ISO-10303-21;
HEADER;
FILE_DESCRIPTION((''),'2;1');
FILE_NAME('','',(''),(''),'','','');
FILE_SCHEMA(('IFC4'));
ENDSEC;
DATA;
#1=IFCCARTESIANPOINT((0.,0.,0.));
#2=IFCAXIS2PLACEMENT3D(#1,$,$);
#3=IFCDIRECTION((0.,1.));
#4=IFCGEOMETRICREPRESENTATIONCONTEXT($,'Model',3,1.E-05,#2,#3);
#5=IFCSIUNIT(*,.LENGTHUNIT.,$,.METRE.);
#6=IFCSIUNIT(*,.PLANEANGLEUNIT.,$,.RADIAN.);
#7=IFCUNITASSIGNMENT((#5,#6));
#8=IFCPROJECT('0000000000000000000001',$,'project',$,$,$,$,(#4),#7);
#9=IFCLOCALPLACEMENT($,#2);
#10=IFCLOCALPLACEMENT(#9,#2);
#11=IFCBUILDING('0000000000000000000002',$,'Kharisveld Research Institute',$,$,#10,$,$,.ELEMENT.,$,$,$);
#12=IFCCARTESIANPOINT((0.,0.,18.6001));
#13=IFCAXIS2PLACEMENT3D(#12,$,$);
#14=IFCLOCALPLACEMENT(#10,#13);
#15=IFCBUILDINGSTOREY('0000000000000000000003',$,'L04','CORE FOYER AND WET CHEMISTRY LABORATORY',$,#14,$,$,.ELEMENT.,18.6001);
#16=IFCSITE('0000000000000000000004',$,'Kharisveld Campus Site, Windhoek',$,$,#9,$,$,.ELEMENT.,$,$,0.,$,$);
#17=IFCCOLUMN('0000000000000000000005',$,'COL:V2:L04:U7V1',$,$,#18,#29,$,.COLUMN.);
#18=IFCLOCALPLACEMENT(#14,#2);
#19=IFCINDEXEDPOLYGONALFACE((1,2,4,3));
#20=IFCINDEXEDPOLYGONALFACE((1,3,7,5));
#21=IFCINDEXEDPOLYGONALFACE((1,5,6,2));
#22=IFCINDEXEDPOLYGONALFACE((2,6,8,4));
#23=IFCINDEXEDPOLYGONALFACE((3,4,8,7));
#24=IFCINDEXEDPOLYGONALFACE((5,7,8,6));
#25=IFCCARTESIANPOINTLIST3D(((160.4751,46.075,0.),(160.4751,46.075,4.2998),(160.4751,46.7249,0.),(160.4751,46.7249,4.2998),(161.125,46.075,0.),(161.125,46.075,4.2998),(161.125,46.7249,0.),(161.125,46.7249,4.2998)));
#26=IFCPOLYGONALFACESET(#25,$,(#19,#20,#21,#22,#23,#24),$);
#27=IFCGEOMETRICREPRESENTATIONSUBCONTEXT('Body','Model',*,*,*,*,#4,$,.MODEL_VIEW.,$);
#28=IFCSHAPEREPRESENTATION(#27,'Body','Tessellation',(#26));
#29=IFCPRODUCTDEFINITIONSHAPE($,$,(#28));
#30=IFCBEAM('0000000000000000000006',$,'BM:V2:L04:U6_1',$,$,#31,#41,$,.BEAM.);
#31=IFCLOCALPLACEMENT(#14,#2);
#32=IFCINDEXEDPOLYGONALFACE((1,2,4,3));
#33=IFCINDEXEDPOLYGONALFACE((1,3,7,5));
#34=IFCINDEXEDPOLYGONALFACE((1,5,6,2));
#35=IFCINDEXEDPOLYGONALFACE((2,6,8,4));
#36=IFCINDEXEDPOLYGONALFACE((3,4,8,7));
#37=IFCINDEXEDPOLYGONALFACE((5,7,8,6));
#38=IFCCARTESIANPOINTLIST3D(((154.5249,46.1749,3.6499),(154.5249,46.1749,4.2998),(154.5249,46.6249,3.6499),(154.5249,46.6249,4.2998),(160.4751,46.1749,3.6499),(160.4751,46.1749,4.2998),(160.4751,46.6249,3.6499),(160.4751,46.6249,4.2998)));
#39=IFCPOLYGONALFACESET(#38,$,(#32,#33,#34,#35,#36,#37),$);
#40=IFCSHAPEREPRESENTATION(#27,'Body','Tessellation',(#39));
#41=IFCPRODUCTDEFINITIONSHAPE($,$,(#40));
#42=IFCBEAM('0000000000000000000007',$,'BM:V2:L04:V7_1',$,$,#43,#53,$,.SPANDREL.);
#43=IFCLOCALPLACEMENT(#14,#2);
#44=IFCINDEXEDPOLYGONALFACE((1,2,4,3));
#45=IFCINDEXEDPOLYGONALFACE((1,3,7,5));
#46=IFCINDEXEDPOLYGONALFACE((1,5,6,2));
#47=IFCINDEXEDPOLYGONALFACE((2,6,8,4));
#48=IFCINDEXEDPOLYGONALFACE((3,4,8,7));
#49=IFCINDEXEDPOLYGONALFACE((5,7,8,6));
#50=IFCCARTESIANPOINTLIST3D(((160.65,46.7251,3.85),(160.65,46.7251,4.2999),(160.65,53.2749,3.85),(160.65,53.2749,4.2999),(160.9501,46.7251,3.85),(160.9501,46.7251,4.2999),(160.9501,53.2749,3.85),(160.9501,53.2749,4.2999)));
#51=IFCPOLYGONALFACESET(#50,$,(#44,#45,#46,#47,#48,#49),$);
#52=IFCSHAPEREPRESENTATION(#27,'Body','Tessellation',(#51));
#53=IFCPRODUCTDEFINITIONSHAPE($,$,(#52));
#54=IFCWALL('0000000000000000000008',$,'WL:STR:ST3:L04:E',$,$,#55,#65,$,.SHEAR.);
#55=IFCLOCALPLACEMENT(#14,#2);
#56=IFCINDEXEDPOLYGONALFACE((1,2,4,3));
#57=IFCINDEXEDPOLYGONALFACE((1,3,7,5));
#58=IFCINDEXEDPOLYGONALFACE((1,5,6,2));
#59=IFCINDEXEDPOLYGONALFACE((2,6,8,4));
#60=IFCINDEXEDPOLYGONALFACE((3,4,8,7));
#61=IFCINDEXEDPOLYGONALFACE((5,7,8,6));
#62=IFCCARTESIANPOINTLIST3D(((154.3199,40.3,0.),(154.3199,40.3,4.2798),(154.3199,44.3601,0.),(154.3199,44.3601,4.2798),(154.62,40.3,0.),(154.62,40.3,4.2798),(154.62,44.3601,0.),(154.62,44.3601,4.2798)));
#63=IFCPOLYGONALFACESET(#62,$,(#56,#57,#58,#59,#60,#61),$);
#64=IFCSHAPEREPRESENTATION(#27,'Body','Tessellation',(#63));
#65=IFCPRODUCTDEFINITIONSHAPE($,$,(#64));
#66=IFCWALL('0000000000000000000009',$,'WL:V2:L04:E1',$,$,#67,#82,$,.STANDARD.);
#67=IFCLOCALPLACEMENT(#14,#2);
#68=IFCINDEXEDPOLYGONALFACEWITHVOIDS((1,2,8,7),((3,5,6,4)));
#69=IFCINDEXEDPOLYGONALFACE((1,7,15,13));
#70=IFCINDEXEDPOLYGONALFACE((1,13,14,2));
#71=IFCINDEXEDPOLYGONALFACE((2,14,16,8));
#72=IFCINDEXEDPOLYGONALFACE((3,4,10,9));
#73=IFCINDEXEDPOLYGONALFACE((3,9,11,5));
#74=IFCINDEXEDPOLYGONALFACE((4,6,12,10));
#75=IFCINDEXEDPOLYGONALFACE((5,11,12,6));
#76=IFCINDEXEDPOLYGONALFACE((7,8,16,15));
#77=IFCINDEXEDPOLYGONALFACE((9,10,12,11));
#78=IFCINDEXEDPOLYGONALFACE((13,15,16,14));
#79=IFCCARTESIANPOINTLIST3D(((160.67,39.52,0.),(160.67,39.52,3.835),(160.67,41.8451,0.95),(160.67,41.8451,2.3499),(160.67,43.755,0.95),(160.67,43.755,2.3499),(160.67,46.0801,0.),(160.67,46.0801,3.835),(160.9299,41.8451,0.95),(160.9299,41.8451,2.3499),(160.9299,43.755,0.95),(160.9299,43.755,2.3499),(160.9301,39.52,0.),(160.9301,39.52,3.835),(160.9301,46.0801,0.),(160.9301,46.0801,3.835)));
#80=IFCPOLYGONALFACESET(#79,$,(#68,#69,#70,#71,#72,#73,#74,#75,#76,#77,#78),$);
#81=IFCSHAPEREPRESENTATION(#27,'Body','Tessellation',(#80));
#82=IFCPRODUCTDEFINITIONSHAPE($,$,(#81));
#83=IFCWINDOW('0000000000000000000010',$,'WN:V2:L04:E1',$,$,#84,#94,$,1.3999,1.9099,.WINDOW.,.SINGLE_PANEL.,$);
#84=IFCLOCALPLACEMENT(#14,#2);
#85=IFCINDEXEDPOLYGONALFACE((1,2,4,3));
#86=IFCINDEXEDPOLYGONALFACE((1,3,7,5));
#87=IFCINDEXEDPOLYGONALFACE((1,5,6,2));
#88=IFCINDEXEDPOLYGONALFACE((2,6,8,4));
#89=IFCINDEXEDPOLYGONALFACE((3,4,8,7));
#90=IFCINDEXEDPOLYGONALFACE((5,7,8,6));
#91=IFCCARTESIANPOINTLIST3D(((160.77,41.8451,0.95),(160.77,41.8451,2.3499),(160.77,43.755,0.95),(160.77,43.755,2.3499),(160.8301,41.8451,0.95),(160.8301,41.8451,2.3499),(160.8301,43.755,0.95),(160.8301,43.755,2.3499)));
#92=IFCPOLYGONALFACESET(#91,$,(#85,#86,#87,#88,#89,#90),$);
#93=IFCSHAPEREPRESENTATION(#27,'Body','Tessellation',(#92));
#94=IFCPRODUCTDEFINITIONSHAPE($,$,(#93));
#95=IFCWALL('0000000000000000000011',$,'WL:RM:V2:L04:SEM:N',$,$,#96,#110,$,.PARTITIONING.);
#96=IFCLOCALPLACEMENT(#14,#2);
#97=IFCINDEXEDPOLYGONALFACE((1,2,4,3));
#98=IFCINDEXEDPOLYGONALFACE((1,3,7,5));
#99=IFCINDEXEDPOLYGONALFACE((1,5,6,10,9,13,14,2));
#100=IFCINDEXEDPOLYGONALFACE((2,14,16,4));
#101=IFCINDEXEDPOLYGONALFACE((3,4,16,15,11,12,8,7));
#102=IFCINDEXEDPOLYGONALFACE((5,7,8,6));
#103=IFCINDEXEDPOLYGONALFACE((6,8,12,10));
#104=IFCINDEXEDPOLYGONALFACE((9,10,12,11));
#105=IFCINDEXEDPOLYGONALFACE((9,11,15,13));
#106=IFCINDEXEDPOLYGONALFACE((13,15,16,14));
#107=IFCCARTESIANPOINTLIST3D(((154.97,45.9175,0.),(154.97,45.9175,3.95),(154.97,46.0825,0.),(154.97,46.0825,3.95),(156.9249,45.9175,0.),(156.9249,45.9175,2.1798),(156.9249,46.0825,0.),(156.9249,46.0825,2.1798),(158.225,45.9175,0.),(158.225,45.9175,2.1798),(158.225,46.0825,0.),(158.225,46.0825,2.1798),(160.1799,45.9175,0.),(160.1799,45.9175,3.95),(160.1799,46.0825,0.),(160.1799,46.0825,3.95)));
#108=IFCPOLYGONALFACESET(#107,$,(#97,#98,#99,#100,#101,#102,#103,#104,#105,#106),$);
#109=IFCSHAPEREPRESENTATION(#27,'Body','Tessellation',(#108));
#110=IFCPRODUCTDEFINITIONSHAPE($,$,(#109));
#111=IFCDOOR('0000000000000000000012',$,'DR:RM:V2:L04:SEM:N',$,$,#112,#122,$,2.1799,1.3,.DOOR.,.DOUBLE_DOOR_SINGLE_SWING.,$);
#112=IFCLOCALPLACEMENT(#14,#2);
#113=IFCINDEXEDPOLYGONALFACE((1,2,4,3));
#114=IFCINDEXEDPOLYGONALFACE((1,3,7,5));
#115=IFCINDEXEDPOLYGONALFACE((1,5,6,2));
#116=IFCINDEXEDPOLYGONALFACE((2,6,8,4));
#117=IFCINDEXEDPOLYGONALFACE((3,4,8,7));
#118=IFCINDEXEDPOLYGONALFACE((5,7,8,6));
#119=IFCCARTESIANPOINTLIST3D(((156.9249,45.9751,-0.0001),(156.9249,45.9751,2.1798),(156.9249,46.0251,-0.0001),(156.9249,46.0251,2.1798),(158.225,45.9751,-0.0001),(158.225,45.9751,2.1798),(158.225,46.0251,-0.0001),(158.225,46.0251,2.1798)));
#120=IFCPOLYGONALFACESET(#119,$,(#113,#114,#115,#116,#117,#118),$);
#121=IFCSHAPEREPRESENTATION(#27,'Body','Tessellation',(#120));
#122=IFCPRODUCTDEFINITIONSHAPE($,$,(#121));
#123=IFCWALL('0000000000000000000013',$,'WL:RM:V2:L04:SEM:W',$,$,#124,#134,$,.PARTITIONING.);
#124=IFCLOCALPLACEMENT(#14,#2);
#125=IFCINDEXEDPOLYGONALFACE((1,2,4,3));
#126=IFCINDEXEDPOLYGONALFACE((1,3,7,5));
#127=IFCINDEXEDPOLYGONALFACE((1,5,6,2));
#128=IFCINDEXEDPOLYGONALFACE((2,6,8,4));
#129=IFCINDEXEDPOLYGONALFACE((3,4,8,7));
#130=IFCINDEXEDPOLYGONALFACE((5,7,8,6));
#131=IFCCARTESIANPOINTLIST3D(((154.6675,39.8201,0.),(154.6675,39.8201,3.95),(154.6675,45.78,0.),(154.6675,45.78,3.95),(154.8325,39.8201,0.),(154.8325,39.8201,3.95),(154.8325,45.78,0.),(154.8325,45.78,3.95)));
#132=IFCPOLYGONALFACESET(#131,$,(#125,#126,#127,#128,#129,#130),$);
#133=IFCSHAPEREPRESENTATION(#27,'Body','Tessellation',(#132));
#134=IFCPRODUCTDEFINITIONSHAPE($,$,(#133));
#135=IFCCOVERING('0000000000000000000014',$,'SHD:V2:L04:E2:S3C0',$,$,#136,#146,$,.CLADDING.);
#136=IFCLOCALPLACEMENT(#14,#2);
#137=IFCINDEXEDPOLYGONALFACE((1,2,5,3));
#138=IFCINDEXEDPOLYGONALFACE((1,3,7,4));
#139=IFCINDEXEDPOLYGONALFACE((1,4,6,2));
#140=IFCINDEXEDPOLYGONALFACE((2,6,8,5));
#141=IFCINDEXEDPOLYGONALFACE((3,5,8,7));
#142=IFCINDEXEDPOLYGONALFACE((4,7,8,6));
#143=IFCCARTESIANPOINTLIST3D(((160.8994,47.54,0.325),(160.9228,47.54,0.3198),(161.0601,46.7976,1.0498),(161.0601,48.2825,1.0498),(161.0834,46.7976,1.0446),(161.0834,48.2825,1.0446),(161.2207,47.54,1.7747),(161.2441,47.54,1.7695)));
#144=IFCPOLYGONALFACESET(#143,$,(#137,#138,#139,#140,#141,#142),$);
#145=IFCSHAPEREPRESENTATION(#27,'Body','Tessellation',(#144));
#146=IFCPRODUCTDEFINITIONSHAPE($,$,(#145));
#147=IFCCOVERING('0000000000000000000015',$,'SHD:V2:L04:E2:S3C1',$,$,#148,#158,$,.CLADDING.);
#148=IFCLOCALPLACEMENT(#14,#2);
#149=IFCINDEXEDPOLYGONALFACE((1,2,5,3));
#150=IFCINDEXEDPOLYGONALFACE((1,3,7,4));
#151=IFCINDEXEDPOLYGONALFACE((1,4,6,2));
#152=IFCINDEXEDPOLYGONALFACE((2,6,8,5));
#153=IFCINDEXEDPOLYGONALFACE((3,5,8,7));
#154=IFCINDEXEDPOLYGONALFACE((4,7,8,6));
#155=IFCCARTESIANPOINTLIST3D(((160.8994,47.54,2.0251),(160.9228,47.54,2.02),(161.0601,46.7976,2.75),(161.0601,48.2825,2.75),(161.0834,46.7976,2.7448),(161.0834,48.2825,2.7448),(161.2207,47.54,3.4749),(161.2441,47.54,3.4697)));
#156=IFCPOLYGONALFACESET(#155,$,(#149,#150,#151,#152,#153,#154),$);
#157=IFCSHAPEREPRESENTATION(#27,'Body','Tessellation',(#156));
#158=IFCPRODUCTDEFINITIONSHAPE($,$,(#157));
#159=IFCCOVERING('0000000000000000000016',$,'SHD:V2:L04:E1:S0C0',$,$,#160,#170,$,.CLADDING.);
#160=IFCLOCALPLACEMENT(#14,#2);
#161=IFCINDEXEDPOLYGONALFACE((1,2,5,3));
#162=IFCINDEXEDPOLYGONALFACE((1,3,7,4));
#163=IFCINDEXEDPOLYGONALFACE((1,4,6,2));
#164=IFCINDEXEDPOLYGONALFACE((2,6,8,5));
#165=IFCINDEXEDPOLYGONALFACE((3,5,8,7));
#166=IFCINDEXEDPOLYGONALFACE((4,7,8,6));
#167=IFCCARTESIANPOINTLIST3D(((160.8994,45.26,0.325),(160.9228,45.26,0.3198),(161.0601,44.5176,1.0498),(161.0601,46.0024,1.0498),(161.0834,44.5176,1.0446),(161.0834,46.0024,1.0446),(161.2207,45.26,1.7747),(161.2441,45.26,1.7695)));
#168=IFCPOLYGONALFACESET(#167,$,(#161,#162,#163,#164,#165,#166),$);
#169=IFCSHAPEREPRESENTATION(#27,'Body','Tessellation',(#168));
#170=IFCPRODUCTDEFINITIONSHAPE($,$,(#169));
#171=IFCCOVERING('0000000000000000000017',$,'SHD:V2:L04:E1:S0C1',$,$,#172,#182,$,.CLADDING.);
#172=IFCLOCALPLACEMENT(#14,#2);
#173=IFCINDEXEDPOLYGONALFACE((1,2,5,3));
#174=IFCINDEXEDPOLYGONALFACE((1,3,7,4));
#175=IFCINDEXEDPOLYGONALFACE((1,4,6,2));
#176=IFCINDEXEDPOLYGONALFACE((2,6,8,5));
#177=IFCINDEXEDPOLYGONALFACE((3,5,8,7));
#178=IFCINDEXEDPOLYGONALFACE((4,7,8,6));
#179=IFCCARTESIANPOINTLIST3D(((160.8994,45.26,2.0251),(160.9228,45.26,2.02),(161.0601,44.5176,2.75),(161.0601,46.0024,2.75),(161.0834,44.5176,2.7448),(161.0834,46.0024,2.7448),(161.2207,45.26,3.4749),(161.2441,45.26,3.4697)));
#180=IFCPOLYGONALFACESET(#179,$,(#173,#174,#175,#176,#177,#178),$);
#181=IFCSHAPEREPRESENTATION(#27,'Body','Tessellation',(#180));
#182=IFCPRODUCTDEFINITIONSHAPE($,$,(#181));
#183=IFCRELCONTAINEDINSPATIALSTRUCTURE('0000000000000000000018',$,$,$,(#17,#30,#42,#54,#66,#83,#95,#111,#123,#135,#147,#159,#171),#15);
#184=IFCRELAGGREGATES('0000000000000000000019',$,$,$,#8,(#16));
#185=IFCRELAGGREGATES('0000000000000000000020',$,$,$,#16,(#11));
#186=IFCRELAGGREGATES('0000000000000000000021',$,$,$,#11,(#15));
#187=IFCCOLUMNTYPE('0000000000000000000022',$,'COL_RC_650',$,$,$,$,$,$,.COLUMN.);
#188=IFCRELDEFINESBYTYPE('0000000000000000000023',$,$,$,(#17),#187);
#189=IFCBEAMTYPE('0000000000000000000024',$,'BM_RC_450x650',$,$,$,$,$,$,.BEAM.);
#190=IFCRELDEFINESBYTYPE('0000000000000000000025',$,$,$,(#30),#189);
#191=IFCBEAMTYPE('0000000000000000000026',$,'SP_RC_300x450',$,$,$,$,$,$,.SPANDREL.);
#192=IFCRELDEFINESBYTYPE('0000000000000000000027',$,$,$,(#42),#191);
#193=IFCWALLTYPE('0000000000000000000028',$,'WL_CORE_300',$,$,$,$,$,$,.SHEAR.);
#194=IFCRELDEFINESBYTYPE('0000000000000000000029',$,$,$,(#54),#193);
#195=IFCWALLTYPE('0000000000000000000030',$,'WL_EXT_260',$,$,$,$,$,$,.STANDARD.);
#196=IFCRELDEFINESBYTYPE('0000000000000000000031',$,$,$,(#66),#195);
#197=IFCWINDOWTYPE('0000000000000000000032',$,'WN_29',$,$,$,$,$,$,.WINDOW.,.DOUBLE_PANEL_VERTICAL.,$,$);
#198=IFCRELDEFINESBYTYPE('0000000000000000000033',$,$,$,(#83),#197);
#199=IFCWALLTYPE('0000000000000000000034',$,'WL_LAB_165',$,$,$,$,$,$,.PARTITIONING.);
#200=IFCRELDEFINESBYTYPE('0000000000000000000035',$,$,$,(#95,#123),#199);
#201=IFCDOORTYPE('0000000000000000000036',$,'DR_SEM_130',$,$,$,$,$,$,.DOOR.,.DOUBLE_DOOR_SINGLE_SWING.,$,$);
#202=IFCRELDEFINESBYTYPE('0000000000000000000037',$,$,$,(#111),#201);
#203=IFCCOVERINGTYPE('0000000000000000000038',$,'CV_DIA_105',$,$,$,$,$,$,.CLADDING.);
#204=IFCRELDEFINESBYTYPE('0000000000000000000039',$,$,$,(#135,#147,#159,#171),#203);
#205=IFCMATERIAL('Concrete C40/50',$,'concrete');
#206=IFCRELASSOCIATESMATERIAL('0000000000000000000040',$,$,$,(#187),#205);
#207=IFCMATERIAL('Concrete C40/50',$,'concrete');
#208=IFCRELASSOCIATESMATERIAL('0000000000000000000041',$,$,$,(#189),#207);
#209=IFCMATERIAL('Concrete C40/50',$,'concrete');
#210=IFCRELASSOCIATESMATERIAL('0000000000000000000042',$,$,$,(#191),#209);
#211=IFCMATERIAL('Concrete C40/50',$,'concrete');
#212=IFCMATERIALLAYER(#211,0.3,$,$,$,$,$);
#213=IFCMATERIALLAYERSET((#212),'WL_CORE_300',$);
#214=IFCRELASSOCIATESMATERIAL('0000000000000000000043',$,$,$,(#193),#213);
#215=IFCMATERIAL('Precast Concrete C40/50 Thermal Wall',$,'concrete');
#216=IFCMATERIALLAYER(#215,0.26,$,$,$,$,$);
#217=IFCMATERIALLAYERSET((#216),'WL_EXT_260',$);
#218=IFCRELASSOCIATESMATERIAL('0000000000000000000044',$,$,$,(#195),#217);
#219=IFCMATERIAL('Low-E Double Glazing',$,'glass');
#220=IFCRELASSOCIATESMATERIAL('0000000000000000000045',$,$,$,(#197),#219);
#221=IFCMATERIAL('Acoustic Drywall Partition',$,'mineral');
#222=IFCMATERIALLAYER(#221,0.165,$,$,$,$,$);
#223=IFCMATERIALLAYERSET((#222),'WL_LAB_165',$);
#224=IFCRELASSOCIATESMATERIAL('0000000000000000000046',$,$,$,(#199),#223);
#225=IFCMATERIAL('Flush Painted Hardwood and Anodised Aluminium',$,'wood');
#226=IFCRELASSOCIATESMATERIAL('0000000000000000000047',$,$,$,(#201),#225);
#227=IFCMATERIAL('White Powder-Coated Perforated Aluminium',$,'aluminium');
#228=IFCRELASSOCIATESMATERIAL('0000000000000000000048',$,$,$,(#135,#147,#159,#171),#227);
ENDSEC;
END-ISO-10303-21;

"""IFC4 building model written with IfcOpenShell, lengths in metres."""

from ifc_helpers import new_model, si_unit, direction, frame, frame_2d, origin, origin_2d, place, context, subcontext, project, spatial, polyline, rectangle, outline, extrude, material, layer, layer_set, material_profile, profile_set, type_object, element, fill, save


model = new_model("IFC4")

# Units and contexts
model_context = context("Model", 3, precision=1e-05, world=origin(), true_north=direction((0.0, 1.0)))
body_context = subcontext(model_context, "Body", "Model", "MODEL_VIEW")
ifc_project = project(units=[si_unit("LENGTHUNIT", "METRE"), si_unit("PLANEANGLEUNIT", "RADIAN")], contexts=[model_context])

# Site, building, storey
site_placement = place(None, origin())
site = spatial("IfcSite", under=ifc_project, at=site_placement, Name="Kharisveld Campus Site, Windhoek", CompositionType="ELEMENT", RefElevation=0.0)
building_placement = place(site_placement, origin())
building = spatial("IfcBuilding", under=site, at=building_placement, Name="Kharisveld Research Institute", CompositionType="ELEMENT")
storey_placement = place(building_placement, frame((0.0, 0.0, 18.6001)))
storey = spatial("IfcBuildingStorey", under=building, at=storey_placement, Name="L04", Description="CORE FOYER AND WET CHEMISTRY LABORATORY", CompositionType="ELEMENT", Elevation=18.6001)

# Column
ifc_material_1 = material(Name="Concrete C40/50", Category="concrete")
ifc_material_profile_1 = material_profile(ifc_material_1, rectangle(XDim=0.6499, YDim=0.6499, at=origin_2d()))
ifc_profile_set_1 = profile_set([ifc_material_profile_1], Name="Concrete C40/50")
column_type = type_object("IfcColumnType", Name="COL_RC_650", PredefinedType="COLUMN", material=ifc_profile_set_1)
column_placement = place(storey_placement, frame((160.8, 46.3999, 0.0), z_axis=(0.0, 0.0, 1.0), x_axis=(1.0, 0.0, 0.0)))
element("IfcColumn", 1, at=column_placement, inside=storey, type_object=column_type, Name="COL:V2:L04:U7V1", PredefinedType="COLUMN", context=body_context, shape_type="SweptSolid", body=[
    extrude(rectangle(XDim=0.6499, YDim=0.6499, at=origin_2d()), origin(), (0.0, 0.0, 1.0), 4.2998),
])

# Beams
ifc_material_2 = material(Name="Concrete C40/50", Category="concrete")
ifc_material_profile_2 = material_profile(ifc_material_2, rectangle(XDim=0.45, YDim=0.6499, at=origin_2d()))
ifc_profile_set_2 = profile_set([ifc_material_profile_2], Name="Concrete C40/50")
beam_type_1 = type_object("IfcBeamType", Name="BM_RC_450x650", PredefinedType="BEAM", material=ifc_profile_set_2)
beam_1_placement = place(storey_placement, frame((154.5249, 46.3999, 3.9749), z_axis=(1.0, 0.0, 0.0), x_axis=(0.0, 1.0, 0.0)))
element("IfcBeam", 2, at=beam_1_placement, inside=storey, type_object=beam_type_1, Name="BM:V2:L04:U6_1", PredefinedType="BEAM", context=body_context, shape_type="SweptSolid", body=[
    extrude(rectangle(XDim=0.45, YDim=0.6499, at=origin_2d()), origin(), (0.0, 0.0, 1.0), 5.9502),
])
ifc_material_3 = material(Name="Concrete C40/50", Category="concrete")
ifc_material_profile_3 = material_profile(ifc_material_3, rectangle(XDim=0.3, YDim=0.45, at=origin_2d()))
ifc_profile_set_3 = profile_set([ifc_material_profile_3], Name="Concrete C40/50")
beam_type_2 = type_object("IfcBeamType", Name="SP_RC_300x450", PredefinedType="SPANDREL", material=ifc_profile_set_3)
beam_2_placement = place(storey_placement, frame((160.8, 46.7251, 4.075), z_axis=(0.0, 1.0, 0.0), x_axis=(-1.0, 0.0, 0.0)))
element("IfcBeam", 3, at=beam_2_placement, inside=storey, type_object=beam_type_2, Name="BM:V2:L04:V7_1", PredefinedType="SPANDREL", context=body_context, shape_type="SweptSolid", body=[
    extrude(rectangle(XDim=0.3, YDim=0.45, at=origin_2d()), origin(), (0.0, 0.0, 1.0), 6.5498),
])

# Wall
ifc_material_4 = material(Name="Concrete C40/50", Category="concrete")
ifc_layer_1 = layer(ifc_material_4, 0.3)
ifc_layer_set_1 = layer_set([ifc_layer_1], Name="WL_CORE_300")
wall_type_1 = type_object("IfcWallType", Name="WL_CORE_300", PredefinedType="SHEAR", material=ifc_layer_set_1)
wall_1_placement = place(storey_placement, frame((154.47, 44.3601, 0.0), z_axis=(0.0, 0.0, 1.0), x_axis=(0.0, -1.0, 0.0)))
element("IfcWall", 4, at=wall_1_placement, inside=storey, type_object=wall_type_1, Name="WL:STR:ST3:L04:E", PredefinedType="SHEAR", context=body_context, shape_type="SweptSolid", body=[
    extrude(rectangle(XDim=4.0601, YDim=0.3, at=frame_2d((2.03, 0.0))), origin(), (0.0, 0.0, 1.0), 4.2798),
])

# Wall, opening, window
ifc_material_5 = material(Name="Precast Concrete C40/50 Thermal Wall", Category="concrete")
ifc_layer_2 = layer(ifc_material_5, 0.26)
ifc_layer_set_2 = layer_set([ifc_layer_2], Name="WL_EXT_260")
wall_type_2 = type_object("IfcWallType", Name="WL_EXT_260", PredefinedType="STANDARD", material=ifc_layer_set_2)
wall_2_placement = place(storey_placement, frame((160.8, 46.0801, 0.0), z_axis=(0.0, 0.0, 1.0), x_axis=(0.0, -1.0, 0.0)))
wall_2 = element("IfcWall", 5, at=wall_2_placement, inside=storey, type_object=wall_type_2, Name="WL:V2:L04:E1", PredefinedType="STANDARD", context=body_context, shape_type="SweptSolid", body=[
    extrude(rectangle(XDim=6.5601, YDim=0.26, at=frame_2d((3.28, 0.0))), origin(), (0.0, 0.0, 1.0), 3.835),
])
opening_1_placement = place(wall_2_placement, frame((2.325, 0.0, 0.95)))
opening_1 = element("IfcOpeningElement", 6, at=opening_1_placement, cuts=wall_2, PredefinedType="OPENING", context=body_context, shape_type="SweptSolid", body=[
    extrude(rectangle(XDim=1.9099, YDim=1.3999, at=frame_2d((0.9551, 0.7))), frame((0.0, 0.1299, 0.0), z_axis=(0.0, -1.0, 0.0), x_axis=(1.0, 0.0, 0.0)), (0.0, 0.0, 1.0), 0.26),
])
ifc_material_6 = material(Name="Low-E Double Glazing", Category="glass")
window_type = type_object("IfcWindowType", Name="WN_29", PartitioningType="DOUBLE_PANEL_VERTICAL", PredefinedType="WINDOW", material=ifc_material_6)
window_placement = place(opening_1_placement, origin())
window = element("IfcWindow", 7, at=window_placement, inside=storey, type_object=window_type, Name="WN:V2:L04:E1", OverallHeight=1.3999, OverallWidth=1.9099, PartitioningType="SINGLE_PANEL", PredefinedType="WINDOW", context=body_context, shape_type="SweptSolid", body=[
    extrude(rectangle(XDim=1.9099, YDim=1.3999, at=frame_2d((0.9551, 0.7))), frame((0.0, 0.03, 0.0), z_axis=(0.0, -1.0, 0.0), x_axis=(1.0, 0.0, 0.0)), (0.0, 0.0, 1.0), 0.0601),
])
fill(opening_1, window)

# Wall, opening, door
ifc_material_7 = material(Name="Acoustic Drywall Partition", Category="mineral")
ifc_layer_3 = layer(ifc_material_7, 0.165)
ifc_layer_set_3 = layer_set([ifc_layer_3], Name="WL_LAB_165")
wall_type_3 = type_object("IfcWallType", Name="WL_LAB_165", PredefinedType="PARTITIONING", material=ifc_layer_set_3)
wall_3_placement = place(storey_placement, frame((160.1799, 46.0, 0.0), z_axis=(0.0, 0.0, 1.0), x_axis=(-1.0, 0.0, 0.0)))
wall_3 = element("IfcWall", 8, at=wall_3_placement, inside=storey, type_object=wall_type_3, Name="WL:RM:V2:L04:SEM:N", PredefinedType="PARTITIONING", context=body_context, shape_type="SweptSolid", body=[
    extrude(rectangle(XDim=5.21, YDim=0.165, at=frame_2d((2.605, 0.0))), origin(), (0.0, 0.0, 1.0), 3.95),
])
opening_2_placement = place(wall_3_placement, frame((1.9551, 0.0, 0.0)))
opening_2 = element("IfcOpeningElement", 9, at=opening_2_placement, cuts=wall_3, PredefinedType="OPENING", context=body_context, shape_type="SweptSolid", body=[
    extrude(rectangle(XDim=1.3, YDim=2.1799, at=frame_2d((0.6499, 1.0898))), frame((0.0, 0.0825, 0.0), z_axis=(0.0, -1.0, 0.0), x_axis=(1.0, 0.0, 0.0)), (0.0, 0.0, 1.0), 0.165),
])
ifc_material_8 = material(Name="Flush Painted Hardwood and Anodised Aluminium", Category="wood")
door_type = type_object("IfcDoorType", Name="DR_SEM_130", OperationType="DOUBLE_DOOR_SINGLE_SWING", PredefinedType="DOOR", material=ifc_material_8)
door_placement = place(opening_2_placement, origin())
door = element("IfcDoor", 10, at=door_placement, inside=storey, type_object=door_type, Name="DR:RM:V2:L04:SEM:N", OperationType="DOUBLE_DOOR_SINGLE_SWING", OverallHeight=2.1799, OverallWidth=1.3, PredefinedType="DOOR", context=body_context, shape_type="SweptSolid", body=[
    extrude(rectangle(XDim=1.3, YDim=2.1799, at=frame_2d((0.6499, 1.0898))), frame((0.0, 0.0249, 0.0), z_axis=(0.0, -1.0, 0.0), x_axis=(1.0, 0.0, 0.0)), (0.0, 0.0, 1.0), 0.05),
])
fill(opening_2, door)

# Wall
wall_4_placement = place(storey_placement, frame((154.75, 45.78, 0.0), z_axis=(0.0, 0.0, 1.0), x_axis=(0.0, -1.0, 0.0)))
element("IfcWall", 11, at=wall_4_placement, inside=storey, type_object=wall_type_3, Name="WL:RM:V2:L04:SEM:W", PredefinedType="PARTITIONING", context=body_context, shape_type="SweptSolid", body=[
    extrude(rectangle(XDim=5.96, YDim=0.165, at=frame_2d((2.98, 0.0))), origin(), (0.0, 0.0, 1.0), 3.95),
])

# Coverings
ifc_material_9 = material(Name="White Powder-Coated Perforated Aluminium", Category="aluminium")
covering_type = type_object("IfcCoveringType", Name="CV_DIA_105", PredefinedType="CLADDING")
for number, where, z_axis, x_axis, name in (
    (12, (160.8994, 47.54, 0.325), (-0.976311, 0.0, 0.216373), (0.153, -0.707102, 0.69036), "SHD:V2:L04:E2:S3C0"),
    (13, (160.8994, 47.54, 2.0251), (-0.976311, 0.0, 0.216373), (0.153, -0.707102, 0.69036), "SHD:V2:L04:E2:S3C1"),
    (14, (160.8994, 45.26, 0.325), (-0.976311, 0.0, 0.216373), (0.153, -0.707102, 0.69036), "SHD:V2:L04:E1:S0C0"),
    (15, (160.8994, 45.26, 2.0251), (-0.976311, 0.0, 0.216373), (0.153, -0.707102, 0.69036), "SHD:V2:L04:E1:S0C1"),
):
    element("IfcCovering", number, at=place(storey_placement, frame(where, z_axis=z_axis, x_axis=x_axis)), inside=storey, type_object=covering_type, material=ifc_material_9, Name=name, PredefinedType="CLADDING", context=body_context, shape_type="SweptSolid", body=[
        extrude(outline(polyline([(0.0, 0.0), (1.05, 0.0), (1.05, 1.05), (0.0, 1.05), (0.0, 0.0)])), origin(), (0.0, 0.0, -1.0), 0.0239),
    ])

save(model, "model.ifc")
